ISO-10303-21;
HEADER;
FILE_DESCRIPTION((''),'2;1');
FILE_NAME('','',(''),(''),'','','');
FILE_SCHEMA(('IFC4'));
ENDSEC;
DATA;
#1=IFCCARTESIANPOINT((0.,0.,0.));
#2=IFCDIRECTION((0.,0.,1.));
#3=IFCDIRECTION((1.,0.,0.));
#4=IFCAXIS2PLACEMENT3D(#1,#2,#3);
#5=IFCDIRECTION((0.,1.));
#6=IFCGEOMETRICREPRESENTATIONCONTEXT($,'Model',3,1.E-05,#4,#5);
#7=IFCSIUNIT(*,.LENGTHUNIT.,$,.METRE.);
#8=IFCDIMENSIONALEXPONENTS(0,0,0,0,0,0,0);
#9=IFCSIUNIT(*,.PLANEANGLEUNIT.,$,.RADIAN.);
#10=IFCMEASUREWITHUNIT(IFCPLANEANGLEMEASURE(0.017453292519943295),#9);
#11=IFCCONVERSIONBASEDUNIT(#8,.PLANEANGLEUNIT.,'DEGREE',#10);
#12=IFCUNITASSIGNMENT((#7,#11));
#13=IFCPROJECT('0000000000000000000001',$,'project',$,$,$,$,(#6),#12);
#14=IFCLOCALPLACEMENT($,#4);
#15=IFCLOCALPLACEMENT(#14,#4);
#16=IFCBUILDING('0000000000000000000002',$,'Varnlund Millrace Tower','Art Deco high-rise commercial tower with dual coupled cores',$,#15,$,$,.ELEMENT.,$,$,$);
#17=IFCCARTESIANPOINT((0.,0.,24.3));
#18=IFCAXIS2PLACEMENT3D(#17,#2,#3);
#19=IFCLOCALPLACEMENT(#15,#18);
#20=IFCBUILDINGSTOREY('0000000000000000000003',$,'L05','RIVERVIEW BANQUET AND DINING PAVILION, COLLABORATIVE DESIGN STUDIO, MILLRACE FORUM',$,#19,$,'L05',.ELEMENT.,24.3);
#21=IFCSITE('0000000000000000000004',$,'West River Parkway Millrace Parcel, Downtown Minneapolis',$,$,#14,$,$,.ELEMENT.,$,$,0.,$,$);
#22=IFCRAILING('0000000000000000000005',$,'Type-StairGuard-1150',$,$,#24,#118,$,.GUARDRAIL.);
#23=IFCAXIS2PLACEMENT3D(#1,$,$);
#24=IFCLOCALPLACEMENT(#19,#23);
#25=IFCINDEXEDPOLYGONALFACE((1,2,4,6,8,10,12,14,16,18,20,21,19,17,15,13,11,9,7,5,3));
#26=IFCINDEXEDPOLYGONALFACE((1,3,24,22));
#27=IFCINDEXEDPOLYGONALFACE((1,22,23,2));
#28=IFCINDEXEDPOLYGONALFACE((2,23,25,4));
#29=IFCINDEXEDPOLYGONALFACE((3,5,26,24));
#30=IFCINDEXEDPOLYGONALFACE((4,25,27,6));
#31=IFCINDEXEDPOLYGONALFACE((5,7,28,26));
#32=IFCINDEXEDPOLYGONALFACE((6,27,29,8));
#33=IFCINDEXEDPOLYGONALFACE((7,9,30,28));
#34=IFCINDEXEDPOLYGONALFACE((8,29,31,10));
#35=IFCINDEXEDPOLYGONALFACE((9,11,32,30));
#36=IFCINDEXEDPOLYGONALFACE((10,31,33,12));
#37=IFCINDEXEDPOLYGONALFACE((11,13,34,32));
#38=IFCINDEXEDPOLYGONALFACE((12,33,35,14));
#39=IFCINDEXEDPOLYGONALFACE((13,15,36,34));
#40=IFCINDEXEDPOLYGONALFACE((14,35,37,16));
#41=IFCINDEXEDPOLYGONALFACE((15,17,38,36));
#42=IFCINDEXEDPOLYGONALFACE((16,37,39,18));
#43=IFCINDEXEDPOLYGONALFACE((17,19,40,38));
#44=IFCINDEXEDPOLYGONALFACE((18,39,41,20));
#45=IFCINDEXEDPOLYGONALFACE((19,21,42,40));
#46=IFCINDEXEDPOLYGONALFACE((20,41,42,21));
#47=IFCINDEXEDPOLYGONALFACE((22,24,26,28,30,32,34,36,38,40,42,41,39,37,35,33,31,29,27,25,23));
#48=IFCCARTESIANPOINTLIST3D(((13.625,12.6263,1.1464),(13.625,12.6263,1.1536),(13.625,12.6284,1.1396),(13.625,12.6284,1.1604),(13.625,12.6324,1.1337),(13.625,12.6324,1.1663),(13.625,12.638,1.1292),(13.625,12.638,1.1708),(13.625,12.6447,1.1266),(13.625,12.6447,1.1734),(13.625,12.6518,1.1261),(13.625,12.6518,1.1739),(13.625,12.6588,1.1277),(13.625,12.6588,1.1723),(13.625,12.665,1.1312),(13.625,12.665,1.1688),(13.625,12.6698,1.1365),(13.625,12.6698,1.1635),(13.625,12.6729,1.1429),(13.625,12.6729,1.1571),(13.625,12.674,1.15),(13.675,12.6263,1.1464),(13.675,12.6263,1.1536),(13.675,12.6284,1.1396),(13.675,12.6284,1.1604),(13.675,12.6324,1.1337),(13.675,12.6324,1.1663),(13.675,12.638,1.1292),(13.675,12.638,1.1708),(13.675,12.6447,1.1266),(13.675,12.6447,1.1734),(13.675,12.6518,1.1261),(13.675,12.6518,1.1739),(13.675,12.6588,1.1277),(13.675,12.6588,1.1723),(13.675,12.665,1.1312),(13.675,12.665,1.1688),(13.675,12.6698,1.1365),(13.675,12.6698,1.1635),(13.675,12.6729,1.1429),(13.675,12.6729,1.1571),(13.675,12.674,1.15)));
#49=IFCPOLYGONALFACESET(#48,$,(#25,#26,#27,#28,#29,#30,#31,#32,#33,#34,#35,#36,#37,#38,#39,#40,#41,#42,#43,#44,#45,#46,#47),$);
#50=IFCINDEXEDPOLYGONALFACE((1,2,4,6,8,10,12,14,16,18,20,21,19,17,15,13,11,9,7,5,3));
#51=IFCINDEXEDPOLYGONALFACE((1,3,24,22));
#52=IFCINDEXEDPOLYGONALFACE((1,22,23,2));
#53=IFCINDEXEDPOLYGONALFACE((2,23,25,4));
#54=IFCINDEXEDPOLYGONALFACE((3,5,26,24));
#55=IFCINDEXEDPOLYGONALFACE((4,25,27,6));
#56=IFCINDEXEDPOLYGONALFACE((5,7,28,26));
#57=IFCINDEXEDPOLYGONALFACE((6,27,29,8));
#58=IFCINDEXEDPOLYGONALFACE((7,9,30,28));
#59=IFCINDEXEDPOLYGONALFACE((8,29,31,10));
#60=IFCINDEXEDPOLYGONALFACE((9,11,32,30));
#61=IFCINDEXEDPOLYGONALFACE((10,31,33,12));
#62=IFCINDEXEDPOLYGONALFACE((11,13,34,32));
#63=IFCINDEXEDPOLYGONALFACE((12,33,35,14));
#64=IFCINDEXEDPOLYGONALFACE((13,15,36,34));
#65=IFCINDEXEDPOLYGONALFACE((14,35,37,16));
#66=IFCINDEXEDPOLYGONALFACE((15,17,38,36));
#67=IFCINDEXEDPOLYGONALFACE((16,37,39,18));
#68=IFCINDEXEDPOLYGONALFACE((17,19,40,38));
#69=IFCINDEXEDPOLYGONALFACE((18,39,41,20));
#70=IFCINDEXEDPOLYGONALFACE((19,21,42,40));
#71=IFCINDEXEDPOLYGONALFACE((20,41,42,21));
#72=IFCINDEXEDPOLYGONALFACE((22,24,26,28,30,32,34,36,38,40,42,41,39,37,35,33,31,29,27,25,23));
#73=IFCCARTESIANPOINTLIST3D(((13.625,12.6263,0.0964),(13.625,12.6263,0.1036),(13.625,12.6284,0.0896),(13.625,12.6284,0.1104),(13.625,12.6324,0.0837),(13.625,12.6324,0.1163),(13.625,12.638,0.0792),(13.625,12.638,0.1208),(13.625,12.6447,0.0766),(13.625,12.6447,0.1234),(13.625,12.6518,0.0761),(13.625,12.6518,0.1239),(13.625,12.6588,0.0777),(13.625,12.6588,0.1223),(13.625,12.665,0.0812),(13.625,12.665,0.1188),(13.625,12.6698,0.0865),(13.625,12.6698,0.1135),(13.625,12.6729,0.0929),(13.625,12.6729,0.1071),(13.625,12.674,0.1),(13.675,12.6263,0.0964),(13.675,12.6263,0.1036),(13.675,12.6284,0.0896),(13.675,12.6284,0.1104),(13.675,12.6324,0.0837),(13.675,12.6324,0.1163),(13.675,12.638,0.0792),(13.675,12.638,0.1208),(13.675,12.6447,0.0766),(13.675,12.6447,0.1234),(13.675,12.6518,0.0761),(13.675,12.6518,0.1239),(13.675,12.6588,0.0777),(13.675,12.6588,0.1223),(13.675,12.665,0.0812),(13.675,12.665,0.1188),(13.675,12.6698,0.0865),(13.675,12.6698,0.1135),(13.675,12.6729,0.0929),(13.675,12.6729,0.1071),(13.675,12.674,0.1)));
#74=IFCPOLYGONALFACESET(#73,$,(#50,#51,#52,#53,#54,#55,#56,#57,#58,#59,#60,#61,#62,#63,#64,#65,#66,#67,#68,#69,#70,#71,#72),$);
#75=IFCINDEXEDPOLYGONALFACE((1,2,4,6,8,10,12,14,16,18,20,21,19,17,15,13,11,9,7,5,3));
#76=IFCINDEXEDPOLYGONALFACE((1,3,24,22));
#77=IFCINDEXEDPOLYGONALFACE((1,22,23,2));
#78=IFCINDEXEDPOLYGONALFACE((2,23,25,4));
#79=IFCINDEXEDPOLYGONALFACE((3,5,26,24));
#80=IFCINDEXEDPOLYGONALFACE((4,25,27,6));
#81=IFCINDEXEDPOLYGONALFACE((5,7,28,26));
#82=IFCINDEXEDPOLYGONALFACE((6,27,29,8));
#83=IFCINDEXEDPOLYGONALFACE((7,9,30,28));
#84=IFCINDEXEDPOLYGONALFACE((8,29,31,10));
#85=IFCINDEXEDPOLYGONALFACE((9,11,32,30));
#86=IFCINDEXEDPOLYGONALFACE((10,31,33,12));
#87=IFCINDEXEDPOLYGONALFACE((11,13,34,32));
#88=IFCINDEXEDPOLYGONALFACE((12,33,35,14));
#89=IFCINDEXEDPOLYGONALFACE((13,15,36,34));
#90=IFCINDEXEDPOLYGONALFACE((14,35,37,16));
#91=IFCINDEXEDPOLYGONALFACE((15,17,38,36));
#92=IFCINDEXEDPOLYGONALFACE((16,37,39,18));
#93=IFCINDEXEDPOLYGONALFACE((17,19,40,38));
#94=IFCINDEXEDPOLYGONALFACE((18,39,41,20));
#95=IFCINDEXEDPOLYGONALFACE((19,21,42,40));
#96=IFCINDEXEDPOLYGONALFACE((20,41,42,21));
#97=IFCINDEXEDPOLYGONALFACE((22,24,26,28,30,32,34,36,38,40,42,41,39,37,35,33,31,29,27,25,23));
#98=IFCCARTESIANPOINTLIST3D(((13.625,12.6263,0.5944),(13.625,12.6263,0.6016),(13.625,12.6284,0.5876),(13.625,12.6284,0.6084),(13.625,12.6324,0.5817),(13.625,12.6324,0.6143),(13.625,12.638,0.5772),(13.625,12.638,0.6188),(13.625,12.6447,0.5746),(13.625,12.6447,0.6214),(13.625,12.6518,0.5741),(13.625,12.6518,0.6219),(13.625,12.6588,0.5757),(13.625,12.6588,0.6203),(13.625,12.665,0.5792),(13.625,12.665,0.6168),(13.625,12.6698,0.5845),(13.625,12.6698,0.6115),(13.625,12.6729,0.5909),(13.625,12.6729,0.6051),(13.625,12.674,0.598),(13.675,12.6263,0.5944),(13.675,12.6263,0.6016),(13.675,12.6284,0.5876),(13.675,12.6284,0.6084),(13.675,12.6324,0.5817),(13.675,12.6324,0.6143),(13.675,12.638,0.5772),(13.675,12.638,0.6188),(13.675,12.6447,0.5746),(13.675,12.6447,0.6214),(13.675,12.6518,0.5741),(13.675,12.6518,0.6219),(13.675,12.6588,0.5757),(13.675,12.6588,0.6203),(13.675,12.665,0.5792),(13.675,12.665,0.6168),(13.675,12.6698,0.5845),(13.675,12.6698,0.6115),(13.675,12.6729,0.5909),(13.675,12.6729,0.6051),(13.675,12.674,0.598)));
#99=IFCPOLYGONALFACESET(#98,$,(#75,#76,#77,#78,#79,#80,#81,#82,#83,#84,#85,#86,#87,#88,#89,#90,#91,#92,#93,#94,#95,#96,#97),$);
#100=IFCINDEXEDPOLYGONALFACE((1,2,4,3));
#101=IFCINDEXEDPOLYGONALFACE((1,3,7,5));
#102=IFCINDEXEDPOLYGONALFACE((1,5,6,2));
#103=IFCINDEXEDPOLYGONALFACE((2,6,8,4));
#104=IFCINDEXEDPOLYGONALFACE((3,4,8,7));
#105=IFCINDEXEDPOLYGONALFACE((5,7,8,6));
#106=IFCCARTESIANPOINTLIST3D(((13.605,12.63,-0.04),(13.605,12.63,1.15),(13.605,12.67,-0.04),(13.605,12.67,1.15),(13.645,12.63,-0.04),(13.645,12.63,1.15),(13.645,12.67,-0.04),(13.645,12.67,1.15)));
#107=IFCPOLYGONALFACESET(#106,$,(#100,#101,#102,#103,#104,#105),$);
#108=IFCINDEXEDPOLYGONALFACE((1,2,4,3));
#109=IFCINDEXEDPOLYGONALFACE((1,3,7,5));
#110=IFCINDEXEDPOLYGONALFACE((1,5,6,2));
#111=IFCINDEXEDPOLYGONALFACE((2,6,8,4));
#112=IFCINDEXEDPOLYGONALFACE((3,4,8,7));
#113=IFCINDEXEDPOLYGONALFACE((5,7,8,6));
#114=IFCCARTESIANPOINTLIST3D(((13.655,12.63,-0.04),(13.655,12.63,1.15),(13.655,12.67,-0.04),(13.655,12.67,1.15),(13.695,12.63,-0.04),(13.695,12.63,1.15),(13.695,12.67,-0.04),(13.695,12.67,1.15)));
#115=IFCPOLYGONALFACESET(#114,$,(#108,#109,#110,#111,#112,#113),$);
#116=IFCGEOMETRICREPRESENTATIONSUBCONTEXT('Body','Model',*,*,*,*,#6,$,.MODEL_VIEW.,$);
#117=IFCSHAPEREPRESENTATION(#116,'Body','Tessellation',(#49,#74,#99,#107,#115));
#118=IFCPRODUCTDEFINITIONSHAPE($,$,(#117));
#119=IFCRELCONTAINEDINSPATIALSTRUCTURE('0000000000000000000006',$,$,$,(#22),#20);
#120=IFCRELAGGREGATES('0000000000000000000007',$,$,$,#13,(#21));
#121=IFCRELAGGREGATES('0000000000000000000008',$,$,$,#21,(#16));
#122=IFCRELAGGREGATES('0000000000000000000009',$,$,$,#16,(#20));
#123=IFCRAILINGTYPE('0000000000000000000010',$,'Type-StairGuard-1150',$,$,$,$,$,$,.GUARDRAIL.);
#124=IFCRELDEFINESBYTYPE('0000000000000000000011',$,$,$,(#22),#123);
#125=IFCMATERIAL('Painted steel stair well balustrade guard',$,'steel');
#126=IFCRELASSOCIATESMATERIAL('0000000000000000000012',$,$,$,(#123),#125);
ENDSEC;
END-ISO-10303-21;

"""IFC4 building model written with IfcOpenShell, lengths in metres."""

from ifc_helpers import new_model, entity, si_unit, converted_unit, direction, frame, origin_with_axes, origin_2d_with_axis, place, context, subcontext, project, spatial, rectangle, circle, extrude, material, type_object, element, save


model = new_model("IFC4")

# Units and contexts
model_context = context("Model", 3, precision=1e-05, world=origin_with_axes(), true_north=direction((0.0, 1.0)))
body_context = subcontext(model_context, "Body", "Model", "MODEL_VIEW")
ifc_project = project(units=[si_unit("LENGTHUNIT", "METRE"), converted_unit("PLANEANGLEUNIT", "DEGREE", entity("IfcPlaneAngleMeasure", 0.017453292519943295), si_unit("PLANEANGLEUNIT", "RADIAN"), dimensions=[0, 0, 0, 0, 0, 0, 0])], contexts=[model_context])

# Site, building, storey
site_placement = place(None, origin_with_axes())
site = spatial("IfcSite", under=ifc_project, at=site_placement, Name="West River Parkway Millrace Parcel, Downtown Minneapolis", CompositionType="ELEMENT", RefElevation=0.0)
building_placement = place(site_placement, origin_with_axes())
building = spatial("IfcBuilding", under=site, at=building_placement, Name="Varnlund Millrace Tower", Description="Art Deco high-rise commercial tower with dual coupled cores", CompositionType="ELEMENT")
storey_placement = place(building_placement, frame((0.0, 0.0, 24.3), z_axis=(0.0, 0.0, 1.0), x_axis=(1.0, 0.0, 0.0)))
storey = spatial("IfcBuildingStorey", under=building, at=storey_placement, Name="L05", Description="RIVERVIEW BANQUET AND DINING PAVILION, COLLABORATIVE DESIGN STUDIO, MILLRACE FORUM", LongName="L05", CompositionType="ELEMENT", Elevation=24.3)

# Railing
ifc_material_1 = material(Name="Painted steel stair well balustrade guard", Category="steel")
railing_type_1 = type_object("IfcRailingType", Name="Type-StairGuard-1150", PredefinedType="GUARDRAIL", material=ifc_material_1)
railing_1_placement = place(storey_placement, frame((0.0, 0.0, -24.3), z_axis=(0.0, 0.0, 1.0), x_axis=(1.0, 0.0, 0.0)))
element("IfcRailing", 1, at=railing_1_placement, inside=storey, type_object=railing_type_1, Name="Type-StairGuard-1150", PredefinedType="GUARDRAIL", context=body_context, shape_type="SweptSolid", body=[
    extrude(circle(Radius=0.024, at=origin_2d_with_axis()), frame((13.625, 12.65, 25.45), z_axis=(1.0, 0.0, 0.0), x_axis=(0.0, 1.0, 0.0)), (0.0, 0.0, 1.0), 0.05),
    extrude(circle(Radius=0.024, at=origin_2d_with_axis()), frame((13.625, 12.65, 24.4), z_axis=(1.0, 0.0, 0.0), x_axis=(0.0, 1.0, 0.0)), (0.0, 0.0, 1.0), 0.05),
    extrude(circle(Radius=0.024, at=origin_2d_with_axis()), frame((13.625, 12.65, 24.898), z_axis=(1.0, 0.0, 0.0), x_axis=(0.0, 1.0, 0.0)), (0.0, 0.0, 1.0), 0.05),
    extrude(rectangle(XDim=0.04, YDim=0.04, at=origin_2d_with_axis()), frame((13.625, 12.65, 24.26), z_axis=(0.0, 0.0, 1.0), x_axis=(1.0, 0.0, 0.0)), (0.0, 0.0, 1.0), 1.19),
    extrude(rectangle(XDim=0.04, YDim=0.04, at=origin_2d_with_axis()), frame((13.675, 12.65, 24.26), z_axis=(0.0, 0.0, 1.0), x_axis=(1.0, 0.0, 0.0)), (0.0, 0.0, 1.0), 1.19),
])

save(model, "model.ifc")
